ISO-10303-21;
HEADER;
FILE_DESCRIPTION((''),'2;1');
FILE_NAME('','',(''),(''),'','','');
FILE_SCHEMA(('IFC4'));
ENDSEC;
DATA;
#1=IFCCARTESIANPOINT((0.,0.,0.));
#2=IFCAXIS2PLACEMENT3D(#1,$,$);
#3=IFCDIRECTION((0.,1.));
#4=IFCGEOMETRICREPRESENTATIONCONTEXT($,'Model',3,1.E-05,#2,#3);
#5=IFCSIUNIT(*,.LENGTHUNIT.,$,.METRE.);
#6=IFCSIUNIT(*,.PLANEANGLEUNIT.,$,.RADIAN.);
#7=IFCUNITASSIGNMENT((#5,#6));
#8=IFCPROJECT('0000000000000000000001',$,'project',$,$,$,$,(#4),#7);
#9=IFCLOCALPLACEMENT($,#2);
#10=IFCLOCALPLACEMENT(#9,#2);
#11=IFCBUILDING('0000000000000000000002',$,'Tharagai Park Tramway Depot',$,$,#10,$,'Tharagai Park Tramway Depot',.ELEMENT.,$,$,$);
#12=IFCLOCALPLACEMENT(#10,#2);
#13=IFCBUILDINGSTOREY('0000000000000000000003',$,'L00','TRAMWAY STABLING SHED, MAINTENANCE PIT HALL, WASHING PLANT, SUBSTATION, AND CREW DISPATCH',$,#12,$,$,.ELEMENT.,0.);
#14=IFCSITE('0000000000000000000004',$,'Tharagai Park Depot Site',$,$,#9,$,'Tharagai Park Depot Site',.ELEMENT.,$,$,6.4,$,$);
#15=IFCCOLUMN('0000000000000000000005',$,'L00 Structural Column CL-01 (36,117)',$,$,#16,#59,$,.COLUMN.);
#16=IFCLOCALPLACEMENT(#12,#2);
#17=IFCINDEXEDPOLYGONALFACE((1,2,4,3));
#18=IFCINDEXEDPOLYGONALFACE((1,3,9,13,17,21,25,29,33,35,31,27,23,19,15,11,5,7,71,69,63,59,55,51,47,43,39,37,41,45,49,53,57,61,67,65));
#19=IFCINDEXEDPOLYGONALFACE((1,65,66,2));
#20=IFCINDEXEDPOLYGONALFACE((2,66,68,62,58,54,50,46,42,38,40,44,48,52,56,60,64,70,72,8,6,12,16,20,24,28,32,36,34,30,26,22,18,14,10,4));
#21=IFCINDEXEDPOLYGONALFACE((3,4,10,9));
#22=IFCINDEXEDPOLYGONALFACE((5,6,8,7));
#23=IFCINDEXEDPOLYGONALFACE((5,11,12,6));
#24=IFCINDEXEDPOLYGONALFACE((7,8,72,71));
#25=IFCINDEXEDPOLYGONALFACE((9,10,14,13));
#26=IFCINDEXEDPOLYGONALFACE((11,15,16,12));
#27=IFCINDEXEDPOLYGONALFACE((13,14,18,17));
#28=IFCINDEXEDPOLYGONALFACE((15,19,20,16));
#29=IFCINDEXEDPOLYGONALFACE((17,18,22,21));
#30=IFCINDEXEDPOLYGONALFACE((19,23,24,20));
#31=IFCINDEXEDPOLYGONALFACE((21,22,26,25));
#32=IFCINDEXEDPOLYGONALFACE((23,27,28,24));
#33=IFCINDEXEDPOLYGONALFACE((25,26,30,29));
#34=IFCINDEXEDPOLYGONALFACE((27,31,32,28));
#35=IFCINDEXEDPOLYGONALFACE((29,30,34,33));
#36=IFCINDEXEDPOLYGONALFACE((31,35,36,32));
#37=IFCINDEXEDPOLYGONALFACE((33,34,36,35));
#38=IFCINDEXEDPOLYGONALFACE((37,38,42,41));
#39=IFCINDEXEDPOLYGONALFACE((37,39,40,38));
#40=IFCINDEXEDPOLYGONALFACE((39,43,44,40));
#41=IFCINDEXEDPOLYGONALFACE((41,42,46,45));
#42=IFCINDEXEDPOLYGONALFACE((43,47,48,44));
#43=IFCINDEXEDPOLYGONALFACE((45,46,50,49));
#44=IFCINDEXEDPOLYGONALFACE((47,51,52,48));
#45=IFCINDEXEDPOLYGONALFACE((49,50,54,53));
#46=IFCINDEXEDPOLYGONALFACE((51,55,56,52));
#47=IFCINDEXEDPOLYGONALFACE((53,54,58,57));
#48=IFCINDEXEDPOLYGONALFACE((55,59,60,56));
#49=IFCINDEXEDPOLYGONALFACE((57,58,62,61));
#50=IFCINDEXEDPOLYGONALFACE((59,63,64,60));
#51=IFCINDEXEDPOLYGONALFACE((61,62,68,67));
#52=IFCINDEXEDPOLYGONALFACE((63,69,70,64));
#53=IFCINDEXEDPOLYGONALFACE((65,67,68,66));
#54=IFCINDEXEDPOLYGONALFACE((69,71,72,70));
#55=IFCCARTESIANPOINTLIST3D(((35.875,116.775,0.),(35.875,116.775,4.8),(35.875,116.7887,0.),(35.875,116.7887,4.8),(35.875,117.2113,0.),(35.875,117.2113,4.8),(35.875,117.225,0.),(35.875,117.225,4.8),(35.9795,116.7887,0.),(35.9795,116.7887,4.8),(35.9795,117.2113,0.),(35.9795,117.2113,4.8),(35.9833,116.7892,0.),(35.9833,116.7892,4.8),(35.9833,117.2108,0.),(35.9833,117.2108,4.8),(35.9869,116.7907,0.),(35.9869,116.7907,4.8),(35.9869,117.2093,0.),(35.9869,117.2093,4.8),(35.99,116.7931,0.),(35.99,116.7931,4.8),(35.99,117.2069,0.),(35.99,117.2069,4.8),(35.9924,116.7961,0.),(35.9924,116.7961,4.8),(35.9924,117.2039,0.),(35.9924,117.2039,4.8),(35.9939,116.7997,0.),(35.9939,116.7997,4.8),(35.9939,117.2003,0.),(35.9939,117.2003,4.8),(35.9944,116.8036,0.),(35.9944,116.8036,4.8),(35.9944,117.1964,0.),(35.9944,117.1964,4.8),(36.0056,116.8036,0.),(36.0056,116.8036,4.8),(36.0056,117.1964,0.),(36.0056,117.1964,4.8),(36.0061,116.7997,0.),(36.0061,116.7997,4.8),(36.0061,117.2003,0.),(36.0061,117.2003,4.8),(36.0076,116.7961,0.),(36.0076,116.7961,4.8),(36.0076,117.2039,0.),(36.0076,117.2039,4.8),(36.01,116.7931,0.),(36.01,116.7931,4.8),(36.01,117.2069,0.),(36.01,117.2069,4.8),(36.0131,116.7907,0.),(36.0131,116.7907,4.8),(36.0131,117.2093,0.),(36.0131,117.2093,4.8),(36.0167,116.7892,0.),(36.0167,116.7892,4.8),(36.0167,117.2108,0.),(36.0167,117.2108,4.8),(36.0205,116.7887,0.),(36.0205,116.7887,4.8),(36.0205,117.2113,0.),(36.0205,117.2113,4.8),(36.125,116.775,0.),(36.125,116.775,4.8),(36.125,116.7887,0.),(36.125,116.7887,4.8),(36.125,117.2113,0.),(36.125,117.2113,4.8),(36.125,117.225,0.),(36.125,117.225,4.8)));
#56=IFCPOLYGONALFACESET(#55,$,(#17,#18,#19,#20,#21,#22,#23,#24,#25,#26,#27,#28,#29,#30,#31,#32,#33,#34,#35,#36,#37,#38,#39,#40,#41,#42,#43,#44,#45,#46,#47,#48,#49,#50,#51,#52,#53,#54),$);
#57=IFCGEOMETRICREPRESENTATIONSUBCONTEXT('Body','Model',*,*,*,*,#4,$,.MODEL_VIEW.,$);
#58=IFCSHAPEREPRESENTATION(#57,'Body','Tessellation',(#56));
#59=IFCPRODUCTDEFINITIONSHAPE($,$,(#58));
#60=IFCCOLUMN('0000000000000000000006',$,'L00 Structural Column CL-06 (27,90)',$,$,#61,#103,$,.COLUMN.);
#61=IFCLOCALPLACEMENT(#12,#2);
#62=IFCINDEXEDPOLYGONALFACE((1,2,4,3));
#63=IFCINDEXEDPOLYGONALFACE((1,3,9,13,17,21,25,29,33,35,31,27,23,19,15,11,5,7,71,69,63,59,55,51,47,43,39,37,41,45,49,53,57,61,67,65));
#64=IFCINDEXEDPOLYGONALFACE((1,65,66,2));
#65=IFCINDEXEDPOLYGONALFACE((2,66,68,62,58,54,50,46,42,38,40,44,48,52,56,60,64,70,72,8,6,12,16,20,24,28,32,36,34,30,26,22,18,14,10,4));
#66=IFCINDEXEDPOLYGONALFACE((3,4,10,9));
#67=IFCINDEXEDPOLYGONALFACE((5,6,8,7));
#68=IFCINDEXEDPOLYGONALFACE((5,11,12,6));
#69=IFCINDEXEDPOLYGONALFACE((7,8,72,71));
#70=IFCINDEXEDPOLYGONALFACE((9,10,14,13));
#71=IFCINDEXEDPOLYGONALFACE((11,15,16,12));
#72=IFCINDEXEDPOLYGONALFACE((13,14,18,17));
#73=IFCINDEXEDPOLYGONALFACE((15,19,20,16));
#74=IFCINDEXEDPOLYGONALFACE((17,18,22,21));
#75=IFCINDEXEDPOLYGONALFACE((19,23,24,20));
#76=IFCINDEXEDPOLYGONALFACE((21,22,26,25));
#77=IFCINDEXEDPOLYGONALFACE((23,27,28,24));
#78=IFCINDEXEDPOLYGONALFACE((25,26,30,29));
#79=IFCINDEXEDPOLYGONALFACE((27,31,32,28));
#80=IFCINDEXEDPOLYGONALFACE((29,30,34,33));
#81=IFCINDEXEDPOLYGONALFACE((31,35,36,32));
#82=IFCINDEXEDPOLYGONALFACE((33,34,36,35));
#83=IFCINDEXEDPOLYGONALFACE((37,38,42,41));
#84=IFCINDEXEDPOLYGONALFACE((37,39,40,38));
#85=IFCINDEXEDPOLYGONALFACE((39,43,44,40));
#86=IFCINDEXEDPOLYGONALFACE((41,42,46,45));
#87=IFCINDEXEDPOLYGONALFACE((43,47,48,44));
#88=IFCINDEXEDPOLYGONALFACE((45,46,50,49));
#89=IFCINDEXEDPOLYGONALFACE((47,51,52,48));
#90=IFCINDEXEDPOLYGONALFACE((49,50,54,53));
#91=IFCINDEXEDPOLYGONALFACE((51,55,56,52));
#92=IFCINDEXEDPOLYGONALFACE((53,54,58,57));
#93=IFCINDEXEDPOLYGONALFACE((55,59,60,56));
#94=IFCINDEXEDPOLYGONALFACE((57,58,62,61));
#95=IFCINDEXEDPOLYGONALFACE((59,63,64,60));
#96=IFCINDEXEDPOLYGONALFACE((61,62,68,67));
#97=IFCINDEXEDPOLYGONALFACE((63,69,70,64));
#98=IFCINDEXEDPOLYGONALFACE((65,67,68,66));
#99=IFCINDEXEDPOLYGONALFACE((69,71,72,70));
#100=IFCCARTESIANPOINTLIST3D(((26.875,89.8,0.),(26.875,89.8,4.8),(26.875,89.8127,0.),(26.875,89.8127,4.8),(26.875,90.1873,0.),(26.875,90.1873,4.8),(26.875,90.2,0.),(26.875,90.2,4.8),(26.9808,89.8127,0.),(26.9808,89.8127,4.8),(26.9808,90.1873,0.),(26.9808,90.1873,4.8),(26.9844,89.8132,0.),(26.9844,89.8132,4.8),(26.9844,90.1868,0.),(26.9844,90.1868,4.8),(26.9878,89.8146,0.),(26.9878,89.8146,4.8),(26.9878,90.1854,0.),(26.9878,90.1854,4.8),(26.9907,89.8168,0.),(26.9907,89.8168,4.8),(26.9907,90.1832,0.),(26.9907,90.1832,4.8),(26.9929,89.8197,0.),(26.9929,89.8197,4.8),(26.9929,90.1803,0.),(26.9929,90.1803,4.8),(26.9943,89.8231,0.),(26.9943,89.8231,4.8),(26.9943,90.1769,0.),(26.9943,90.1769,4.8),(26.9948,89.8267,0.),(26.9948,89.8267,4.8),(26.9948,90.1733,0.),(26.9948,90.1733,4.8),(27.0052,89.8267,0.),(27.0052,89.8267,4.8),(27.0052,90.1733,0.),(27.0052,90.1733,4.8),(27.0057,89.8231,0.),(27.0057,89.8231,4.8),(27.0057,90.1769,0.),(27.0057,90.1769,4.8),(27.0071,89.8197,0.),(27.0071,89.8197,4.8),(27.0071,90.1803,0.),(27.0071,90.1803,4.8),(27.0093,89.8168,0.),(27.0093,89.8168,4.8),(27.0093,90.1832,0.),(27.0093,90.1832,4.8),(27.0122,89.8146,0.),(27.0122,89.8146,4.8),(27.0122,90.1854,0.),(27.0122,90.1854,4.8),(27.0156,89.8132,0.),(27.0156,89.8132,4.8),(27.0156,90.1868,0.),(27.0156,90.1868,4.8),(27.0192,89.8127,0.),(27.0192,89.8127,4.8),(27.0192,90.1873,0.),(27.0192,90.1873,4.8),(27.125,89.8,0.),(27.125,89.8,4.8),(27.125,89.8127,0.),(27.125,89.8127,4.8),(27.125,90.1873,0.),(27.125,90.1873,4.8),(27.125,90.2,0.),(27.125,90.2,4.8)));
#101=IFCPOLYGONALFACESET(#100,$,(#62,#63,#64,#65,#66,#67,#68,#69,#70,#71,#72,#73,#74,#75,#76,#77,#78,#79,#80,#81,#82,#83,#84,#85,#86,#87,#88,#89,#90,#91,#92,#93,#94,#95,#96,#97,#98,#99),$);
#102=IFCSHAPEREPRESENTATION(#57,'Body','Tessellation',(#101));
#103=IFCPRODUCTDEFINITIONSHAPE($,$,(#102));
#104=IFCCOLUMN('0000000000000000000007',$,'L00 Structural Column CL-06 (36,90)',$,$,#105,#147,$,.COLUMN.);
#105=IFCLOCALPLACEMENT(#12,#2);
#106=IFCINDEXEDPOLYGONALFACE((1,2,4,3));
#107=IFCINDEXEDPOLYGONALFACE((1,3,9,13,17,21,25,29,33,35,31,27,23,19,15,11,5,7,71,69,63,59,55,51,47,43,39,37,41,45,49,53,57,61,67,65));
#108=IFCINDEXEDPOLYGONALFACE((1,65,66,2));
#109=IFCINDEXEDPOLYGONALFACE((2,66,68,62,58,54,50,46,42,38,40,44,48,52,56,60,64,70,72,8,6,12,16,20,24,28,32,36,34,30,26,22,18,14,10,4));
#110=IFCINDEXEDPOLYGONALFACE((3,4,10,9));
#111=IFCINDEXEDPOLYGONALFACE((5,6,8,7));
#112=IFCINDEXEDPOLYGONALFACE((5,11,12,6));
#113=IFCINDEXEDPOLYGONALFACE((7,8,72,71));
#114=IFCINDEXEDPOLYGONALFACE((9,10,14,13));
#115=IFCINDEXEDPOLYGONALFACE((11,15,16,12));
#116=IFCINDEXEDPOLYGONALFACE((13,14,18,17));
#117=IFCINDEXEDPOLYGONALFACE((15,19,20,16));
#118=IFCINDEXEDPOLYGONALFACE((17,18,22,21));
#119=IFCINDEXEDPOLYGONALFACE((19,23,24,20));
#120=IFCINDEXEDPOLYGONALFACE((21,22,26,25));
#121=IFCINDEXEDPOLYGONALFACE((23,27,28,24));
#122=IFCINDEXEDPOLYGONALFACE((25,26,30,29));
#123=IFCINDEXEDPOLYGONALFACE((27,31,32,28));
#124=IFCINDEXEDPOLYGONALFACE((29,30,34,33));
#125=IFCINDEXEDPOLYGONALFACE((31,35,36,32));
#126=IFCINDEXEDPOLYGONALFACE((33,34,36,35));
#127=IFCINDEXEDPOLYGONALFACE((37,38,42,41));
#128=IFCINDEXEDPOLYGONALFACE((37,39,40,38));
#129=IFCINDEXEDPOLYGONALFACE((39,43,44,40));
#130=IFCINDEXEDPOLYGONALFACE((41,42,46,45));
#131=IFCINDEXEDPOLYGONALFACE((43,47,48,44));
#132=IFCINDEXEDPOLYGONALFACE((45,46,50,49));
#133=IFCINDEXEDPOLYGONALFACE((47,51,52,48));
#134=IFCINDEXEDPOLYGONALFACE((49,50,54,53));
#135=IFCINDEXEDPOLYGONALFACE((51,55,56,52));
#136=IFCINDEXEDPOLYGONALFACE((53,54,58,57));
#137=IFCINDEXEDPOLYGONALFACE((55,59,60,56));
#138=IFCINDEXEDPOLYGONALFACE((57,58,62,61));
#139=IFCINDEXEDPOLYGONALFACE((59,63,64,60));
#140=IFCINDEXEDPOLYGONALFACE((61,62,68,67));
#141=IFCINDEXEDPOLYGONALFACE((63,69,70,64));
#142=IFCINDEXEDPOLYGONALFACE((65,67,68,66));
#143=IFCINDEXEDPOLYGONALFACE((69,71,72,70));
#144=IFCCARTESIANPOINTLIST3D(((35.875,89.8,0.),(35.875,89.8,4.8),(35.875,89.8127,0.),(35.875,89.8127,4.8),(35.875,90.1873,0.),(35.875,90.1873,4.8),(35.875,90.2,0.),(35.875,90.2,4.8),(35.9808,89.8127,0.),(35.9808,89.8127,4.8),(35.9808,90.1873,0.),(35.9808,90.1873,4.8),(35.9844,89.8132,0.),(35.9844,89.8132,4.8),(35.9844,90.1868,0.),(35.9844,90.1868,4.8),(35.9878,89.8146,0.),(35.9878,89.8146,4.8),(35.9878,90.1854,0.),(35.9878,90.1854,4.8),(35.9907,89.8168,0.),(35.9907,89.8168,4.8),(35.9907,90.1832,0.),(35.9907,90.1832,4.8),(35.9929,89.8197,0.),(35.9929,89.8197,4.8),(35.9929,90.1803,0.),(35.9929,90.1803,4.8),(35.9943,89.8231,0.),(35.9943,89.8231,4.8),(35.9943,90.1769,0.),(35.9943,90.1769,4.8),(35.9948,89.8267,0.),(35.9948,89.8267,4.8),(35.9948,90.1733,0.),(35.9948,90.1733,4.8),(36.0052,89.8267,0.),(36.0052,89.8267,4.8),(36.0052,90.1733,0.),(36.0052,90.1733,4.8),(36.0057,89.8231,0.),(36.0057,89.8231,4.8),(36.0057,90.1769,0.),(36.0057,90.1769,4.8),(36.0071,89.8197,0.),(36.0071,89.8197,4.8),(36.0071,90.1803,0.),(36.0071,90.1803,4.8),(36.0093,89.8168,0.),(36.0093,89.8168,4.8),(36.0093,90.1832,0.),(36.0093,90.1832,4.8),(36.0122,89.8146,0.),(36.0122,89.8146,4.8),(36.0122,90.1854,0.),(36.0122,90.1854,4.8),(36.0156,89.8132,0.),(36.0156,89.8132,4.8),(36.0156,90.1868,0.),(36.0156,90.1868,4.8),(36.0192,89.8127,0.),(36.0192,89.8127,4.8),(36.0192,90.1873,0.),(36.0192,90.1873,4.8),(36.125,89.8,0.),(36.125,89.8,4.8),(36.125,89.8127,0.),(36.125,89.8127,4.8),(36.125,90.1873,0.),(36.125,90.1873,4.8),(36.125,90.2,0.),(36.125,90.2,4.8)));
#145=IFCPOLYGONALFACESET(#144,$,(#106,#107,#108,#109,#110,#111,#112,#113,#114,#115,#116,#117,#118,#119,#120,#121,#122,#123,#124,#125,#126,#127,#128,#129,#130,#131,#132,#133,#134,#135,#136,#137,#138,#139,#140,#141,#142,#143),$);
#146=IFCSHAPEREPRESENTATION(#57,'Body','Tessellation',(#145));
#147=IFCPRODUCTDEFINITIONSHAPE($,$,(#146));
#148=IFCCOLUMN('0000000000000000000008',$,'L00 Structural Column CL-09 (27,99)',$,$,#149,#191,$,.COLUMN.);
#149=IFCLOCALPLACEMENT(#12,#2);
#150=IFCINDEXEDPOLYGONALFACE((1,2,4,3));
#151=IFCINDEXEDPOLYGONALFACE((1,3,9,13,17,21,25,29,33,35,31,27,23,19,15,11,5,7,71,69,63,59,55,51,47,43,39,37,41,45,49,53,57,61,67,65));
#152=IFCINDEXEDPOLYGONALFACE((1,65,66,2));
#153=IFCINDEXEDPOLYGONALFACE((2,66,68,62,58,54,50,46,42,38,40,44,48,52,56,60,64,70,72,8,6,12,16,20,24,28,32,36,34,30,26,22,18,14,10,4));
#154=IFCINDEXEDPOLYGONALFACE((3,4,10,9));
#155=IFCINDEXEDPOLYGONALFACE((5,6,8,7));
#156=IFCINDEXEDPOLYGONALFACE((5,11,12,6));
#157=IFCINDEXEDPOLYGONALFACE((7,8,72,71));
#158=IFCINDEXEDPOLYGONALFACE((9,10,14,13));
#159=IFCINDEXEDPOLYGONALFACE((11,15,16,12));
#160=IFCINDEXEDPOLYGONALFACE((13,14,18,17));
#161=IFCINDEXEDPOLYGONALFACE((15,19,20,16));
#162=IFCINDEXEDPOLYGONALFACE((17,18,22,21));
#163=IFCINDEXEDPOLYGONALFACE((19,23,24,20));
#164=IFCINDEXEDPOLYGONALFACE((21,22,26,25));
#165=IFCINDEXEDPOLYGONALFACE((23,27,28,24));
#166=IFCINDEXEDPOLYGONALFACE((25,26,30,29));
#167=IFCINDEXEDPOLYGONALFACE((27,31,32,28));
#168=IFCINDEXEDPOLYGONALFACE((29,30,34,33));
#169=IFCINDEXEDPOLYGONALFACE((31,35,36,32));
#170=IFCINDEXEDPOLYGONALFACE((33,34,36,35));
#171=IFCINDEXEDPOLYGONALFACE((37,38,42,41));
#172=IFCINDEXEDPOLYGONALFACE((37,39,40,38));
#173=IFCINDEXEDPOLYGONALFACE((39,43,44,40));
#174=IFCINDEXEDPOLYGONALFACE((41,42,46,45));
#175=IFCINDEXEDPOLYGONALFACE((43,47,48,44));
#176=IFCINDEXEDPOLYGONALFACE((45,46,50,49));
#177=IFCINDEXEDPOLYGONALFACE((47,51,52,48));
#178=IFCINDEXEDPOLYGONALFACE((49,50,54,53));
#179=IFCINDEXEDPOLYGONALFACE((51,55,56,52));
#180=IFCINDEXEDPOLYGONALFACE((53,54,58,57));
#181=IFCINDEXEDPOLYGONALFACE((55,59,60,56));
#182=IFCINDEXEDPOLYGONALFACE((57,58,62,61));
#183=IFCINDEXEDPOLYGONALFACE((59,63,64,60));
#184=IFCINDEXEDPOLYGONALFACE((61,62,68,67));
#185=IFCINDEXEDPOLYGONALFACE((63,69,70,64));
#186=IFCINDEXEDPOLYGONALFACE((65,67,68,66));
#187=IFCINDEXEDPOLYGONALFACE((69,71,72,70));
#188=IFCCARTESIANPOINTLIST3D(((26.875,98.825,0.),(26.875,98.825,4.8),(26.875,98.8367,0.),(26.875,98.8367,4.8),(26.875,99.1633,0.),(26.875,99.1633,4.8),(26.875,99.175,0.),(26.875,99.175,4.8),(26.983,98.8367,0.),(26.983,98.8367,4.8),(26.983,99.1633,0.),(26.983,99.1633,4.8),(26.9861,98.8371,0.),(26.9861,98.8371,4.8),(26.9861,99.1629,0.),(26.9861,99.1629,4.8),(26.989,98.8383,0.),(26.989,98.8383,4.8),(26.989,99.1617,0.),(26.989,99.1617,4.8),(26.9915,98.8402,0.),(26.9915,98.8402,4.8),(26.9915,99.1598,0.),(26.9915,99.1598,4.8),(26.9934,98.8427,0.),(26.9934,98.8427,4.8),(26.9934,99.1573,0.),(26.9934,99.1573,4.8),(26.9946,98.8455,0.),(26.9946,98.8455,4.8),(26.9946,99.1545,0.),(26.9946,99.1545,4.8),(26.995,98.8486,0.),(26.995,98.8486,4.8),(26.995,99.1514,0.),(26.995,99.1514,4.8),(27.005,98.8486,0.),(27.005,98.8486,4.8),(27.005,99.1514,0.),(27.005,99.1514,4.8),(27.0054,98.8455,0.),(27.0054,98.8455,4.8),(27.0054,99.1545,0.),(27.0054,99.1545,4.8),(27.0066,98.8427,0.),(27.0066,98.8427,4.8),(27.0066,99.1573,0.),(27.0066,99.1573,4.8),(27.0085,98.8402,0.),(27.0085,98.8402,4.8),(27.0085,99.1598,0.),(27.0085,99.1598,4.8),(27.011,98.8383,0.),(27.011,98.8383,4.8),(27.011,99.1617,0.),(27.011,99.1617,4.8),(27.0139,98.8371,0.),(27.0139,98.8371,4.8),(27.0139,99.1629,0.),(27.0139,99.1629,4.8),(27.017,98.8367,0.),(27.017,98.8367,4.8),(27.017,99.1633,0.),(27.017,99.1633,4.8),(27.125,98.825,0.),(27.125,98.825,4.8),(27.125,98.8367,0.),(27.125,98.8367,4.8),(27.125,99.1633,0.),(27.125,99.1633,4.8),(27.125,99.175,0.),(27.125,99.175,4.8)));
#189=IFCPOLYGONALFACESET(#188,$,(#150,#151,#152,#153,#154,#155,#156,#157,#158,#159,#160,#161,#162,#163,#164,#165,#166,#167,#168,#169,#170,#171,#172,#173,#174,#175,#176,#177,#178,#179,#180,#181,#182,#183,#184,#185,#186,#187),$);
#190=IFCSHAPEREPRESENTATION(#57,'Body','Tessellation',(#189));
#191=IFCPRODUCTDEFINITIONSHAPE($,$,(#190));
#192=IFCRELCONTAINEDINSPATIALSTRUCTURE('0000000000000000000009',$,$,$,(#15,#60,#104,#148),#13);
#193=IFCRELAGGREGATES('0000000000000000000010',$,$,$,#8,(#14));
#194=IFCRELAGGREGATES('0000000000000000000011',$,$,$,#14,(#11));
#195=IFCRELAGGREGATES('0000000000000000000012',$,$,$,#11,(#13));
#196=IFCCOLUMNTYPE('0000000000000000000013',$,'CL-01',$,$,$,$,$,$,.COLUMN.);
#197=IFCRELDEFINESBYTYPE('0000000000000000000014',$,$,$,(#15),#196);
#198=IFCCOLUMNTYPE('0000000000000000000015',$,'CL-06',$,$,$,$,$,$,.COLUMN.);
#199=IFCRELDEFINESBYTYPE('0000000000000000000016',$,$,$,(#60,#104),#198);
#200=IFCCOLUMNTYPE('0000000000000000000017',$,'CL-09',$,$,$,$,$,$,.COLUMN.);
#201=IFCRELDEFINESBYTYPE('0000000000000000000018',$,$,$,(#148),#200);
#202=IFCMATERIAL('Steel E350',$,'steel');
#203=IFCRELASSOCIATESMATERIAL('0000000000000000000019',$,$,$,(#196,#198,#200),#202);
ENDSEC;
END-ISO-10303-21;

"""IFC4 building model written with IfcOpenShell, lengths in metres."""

from ifc_helpers import new_model, si_unit, direction, frame, origin, origin_2d, place, context, subcontext, project, spatial, i_section, extrude, material, material_profile, profile_set, type_object, element, save


model = new_model("IFC4")

# Units and contexts
model_context = context("Model", 3, precision=1e-05, world=origin(), true_north=direction((0.0, 1.0)))
body_context = subcontext(model_context, "Body", "Model", "MODEL_VIEW")
ifc_project = project(units=[si_unit("LENGTHUNIT", "METRE"), si_unit("PLANEANGLEUNIT", "RADIAN")], contexts=[model_context])

# Site, building, storey
site_placement = place(None, origin())
site = spatial("IfcSite", under=ifc_project, at=site_placement, Name="Tharagai Park Depot Site", LongName="Tharagai Park Depot Site", CompositionType="ELEMENT", RefElevation=6.4)
building_placement = place(site_placement, origin())
building = spatial("IfcBuilding", under=site, at=building_placement, Name="Tharagai Park Tramway Depot", LongName="Tharagai Park Tramway Depot", CompositionType="ELEMENT")
storey_placement = place(building_placement, origin())
storey = spatial("IfcBuildingStorey", under=building, at=storey_placement, Name="L00", Description="TRAMWAY STABLING SHED, MAINTENANCE PIT HALL, WASHING PLANT, SUBSTATION, AND CREW DISPATCH", CompositionType="ELEMENT", Elevation=0.0)

# Columns
ifc_material_1 = material(Name="Steel E350", Category="steel")
ifc_material_profile_1 = material_profile(ifc_material_1, i_section(OverallWidth=0.25, OverallDepth=0.45, WebThickness=0.0112, FlangeThickness=0.0137, FilletRadius=0.0149, at=origin_2d()), Name="ISHB 450")
ifc_profile_set_1 = profile_set([ifc_material_profile_1], Name="Steel E350")
column_type_1 = type_object("IfcColumnType", Name="CL-01", PredefinedType="COLUMN", material=ifc_profile_set_1)
for number, where, z_axis, x_axis, name in (
    (1, (36.0, 117.0, 0.0), (0.0, 0.0, 1.0), (1.0, 0.0, 0.0), "L00 Structural Column CL-01 (36,117)"),
):
    element("IfcColumn", number, at=place(storey_placement, frame(where, z_axis=z_axis, x_axis=x_axis)), inside=storey, type_object=column_type_1, Name=name, PredefinedType="COLUMN", context=body_context, shape_type="SweptSolid", body=[
        extrude(i_section(OverallWidth=0.25, OverallDepth=0.45, WebThickness=0.0112, FlangeThickness=0.0137, FilletRadius=0.0149, at=origin_2d()), origin(), (0.0, 0.0, 1.0), 4.8),
    ])
ifc_material_profile_2 = material_profile(ifc_material_1, i_section(OverallWidth=0.25, OverallDepth=0.3999, WebThickness=0.0105, FlangeThickness=0.0127, FilletRadius=0.0139, at=origin_2d()), Name="ISHB 400")
ifc_profile_set_2 = profile_set([ifc_material_profile_2], Name="Steel E350")
column_type_2 = type_object("IfcColumnType", Name="CL-06", PredefinedType="COLUMN", material=ifc_profile_set_2)
for number, where, z_axis, x_axis, name in (
    (2, (27.0, 90.0, 0.0), (0.0, 0.0, 1.0), (1.0, 0.0, 0.0), "L00 Structural Column CL-06 (27,90)"),
    (3, (36.0, 90.0, 0.0), (0.0, 0.0, 1.0), (1.0, 0.0, 0.0), "L00 Structural Column CL-06 (36,90)"),
):
    element("IfcColumn", number, at=place(storey_placement, frame(where, z_axis=z_axis, x_axis=x_axis)), inside=storey, type_object=column_type_2, Name=name, PredefinedType="COLUMN", context=body_context, shape_type="SweptSolid", body=[
        extrude(i_section(OverallWidth=0.25, OverallDepth=0.3999, WebThickness=0.0105, FlangeThickness=0.0127, FilletRadius=0.0139, at=origin_2d()), origin(), (0.0, 0.0, 1.0), 4.8),
    ])
ifc_material_profile_3 = material_profile(ifc_material_1, i_section(OverallWidth=0.25, OverallDepth=0.3501, WebThickness=0.01, FlangeThickness=0.0117, FilletRadius=0.012, at=origin_2d()), Name="ISHB 350")
ifc_profile_set_3 = profile_set([ifc_material_profile_3], Name="Steel E350")
column_type_3 = type_object("IfcColumnType", Name="CL-09", PredefinedType="COLUMN", material=ifc_profile_set_3)
for number, where, z_axis, x_axis, name in (
    (4, (27.0, 99.0, 0.0), (0.0, 0.0, 1.0), (1.0, 0.0, 0.0), "L00 Structural Column CL-09 (27,99)"),
):
    element("IfcColumn", number, at=place(storey_placement, frame(where, z_axis=z_axis, x_axis=x_axis)), inside=storey, type_object=column_type_3, Name=name, PredefinedType="COLUMN", context=body_context, shape_type="SweptSolid", body=[
        extrude(i_section(OverallWidth=0.25, OverallDepth=0.3501, WebThickness=0.01, FlangeThickness=0.0117, FilletRadius=0.012, at=origin_2d()), origin(), (0.0, 0.0, 1.0), 4.8),
    ])

save(model, "model.ifc")
